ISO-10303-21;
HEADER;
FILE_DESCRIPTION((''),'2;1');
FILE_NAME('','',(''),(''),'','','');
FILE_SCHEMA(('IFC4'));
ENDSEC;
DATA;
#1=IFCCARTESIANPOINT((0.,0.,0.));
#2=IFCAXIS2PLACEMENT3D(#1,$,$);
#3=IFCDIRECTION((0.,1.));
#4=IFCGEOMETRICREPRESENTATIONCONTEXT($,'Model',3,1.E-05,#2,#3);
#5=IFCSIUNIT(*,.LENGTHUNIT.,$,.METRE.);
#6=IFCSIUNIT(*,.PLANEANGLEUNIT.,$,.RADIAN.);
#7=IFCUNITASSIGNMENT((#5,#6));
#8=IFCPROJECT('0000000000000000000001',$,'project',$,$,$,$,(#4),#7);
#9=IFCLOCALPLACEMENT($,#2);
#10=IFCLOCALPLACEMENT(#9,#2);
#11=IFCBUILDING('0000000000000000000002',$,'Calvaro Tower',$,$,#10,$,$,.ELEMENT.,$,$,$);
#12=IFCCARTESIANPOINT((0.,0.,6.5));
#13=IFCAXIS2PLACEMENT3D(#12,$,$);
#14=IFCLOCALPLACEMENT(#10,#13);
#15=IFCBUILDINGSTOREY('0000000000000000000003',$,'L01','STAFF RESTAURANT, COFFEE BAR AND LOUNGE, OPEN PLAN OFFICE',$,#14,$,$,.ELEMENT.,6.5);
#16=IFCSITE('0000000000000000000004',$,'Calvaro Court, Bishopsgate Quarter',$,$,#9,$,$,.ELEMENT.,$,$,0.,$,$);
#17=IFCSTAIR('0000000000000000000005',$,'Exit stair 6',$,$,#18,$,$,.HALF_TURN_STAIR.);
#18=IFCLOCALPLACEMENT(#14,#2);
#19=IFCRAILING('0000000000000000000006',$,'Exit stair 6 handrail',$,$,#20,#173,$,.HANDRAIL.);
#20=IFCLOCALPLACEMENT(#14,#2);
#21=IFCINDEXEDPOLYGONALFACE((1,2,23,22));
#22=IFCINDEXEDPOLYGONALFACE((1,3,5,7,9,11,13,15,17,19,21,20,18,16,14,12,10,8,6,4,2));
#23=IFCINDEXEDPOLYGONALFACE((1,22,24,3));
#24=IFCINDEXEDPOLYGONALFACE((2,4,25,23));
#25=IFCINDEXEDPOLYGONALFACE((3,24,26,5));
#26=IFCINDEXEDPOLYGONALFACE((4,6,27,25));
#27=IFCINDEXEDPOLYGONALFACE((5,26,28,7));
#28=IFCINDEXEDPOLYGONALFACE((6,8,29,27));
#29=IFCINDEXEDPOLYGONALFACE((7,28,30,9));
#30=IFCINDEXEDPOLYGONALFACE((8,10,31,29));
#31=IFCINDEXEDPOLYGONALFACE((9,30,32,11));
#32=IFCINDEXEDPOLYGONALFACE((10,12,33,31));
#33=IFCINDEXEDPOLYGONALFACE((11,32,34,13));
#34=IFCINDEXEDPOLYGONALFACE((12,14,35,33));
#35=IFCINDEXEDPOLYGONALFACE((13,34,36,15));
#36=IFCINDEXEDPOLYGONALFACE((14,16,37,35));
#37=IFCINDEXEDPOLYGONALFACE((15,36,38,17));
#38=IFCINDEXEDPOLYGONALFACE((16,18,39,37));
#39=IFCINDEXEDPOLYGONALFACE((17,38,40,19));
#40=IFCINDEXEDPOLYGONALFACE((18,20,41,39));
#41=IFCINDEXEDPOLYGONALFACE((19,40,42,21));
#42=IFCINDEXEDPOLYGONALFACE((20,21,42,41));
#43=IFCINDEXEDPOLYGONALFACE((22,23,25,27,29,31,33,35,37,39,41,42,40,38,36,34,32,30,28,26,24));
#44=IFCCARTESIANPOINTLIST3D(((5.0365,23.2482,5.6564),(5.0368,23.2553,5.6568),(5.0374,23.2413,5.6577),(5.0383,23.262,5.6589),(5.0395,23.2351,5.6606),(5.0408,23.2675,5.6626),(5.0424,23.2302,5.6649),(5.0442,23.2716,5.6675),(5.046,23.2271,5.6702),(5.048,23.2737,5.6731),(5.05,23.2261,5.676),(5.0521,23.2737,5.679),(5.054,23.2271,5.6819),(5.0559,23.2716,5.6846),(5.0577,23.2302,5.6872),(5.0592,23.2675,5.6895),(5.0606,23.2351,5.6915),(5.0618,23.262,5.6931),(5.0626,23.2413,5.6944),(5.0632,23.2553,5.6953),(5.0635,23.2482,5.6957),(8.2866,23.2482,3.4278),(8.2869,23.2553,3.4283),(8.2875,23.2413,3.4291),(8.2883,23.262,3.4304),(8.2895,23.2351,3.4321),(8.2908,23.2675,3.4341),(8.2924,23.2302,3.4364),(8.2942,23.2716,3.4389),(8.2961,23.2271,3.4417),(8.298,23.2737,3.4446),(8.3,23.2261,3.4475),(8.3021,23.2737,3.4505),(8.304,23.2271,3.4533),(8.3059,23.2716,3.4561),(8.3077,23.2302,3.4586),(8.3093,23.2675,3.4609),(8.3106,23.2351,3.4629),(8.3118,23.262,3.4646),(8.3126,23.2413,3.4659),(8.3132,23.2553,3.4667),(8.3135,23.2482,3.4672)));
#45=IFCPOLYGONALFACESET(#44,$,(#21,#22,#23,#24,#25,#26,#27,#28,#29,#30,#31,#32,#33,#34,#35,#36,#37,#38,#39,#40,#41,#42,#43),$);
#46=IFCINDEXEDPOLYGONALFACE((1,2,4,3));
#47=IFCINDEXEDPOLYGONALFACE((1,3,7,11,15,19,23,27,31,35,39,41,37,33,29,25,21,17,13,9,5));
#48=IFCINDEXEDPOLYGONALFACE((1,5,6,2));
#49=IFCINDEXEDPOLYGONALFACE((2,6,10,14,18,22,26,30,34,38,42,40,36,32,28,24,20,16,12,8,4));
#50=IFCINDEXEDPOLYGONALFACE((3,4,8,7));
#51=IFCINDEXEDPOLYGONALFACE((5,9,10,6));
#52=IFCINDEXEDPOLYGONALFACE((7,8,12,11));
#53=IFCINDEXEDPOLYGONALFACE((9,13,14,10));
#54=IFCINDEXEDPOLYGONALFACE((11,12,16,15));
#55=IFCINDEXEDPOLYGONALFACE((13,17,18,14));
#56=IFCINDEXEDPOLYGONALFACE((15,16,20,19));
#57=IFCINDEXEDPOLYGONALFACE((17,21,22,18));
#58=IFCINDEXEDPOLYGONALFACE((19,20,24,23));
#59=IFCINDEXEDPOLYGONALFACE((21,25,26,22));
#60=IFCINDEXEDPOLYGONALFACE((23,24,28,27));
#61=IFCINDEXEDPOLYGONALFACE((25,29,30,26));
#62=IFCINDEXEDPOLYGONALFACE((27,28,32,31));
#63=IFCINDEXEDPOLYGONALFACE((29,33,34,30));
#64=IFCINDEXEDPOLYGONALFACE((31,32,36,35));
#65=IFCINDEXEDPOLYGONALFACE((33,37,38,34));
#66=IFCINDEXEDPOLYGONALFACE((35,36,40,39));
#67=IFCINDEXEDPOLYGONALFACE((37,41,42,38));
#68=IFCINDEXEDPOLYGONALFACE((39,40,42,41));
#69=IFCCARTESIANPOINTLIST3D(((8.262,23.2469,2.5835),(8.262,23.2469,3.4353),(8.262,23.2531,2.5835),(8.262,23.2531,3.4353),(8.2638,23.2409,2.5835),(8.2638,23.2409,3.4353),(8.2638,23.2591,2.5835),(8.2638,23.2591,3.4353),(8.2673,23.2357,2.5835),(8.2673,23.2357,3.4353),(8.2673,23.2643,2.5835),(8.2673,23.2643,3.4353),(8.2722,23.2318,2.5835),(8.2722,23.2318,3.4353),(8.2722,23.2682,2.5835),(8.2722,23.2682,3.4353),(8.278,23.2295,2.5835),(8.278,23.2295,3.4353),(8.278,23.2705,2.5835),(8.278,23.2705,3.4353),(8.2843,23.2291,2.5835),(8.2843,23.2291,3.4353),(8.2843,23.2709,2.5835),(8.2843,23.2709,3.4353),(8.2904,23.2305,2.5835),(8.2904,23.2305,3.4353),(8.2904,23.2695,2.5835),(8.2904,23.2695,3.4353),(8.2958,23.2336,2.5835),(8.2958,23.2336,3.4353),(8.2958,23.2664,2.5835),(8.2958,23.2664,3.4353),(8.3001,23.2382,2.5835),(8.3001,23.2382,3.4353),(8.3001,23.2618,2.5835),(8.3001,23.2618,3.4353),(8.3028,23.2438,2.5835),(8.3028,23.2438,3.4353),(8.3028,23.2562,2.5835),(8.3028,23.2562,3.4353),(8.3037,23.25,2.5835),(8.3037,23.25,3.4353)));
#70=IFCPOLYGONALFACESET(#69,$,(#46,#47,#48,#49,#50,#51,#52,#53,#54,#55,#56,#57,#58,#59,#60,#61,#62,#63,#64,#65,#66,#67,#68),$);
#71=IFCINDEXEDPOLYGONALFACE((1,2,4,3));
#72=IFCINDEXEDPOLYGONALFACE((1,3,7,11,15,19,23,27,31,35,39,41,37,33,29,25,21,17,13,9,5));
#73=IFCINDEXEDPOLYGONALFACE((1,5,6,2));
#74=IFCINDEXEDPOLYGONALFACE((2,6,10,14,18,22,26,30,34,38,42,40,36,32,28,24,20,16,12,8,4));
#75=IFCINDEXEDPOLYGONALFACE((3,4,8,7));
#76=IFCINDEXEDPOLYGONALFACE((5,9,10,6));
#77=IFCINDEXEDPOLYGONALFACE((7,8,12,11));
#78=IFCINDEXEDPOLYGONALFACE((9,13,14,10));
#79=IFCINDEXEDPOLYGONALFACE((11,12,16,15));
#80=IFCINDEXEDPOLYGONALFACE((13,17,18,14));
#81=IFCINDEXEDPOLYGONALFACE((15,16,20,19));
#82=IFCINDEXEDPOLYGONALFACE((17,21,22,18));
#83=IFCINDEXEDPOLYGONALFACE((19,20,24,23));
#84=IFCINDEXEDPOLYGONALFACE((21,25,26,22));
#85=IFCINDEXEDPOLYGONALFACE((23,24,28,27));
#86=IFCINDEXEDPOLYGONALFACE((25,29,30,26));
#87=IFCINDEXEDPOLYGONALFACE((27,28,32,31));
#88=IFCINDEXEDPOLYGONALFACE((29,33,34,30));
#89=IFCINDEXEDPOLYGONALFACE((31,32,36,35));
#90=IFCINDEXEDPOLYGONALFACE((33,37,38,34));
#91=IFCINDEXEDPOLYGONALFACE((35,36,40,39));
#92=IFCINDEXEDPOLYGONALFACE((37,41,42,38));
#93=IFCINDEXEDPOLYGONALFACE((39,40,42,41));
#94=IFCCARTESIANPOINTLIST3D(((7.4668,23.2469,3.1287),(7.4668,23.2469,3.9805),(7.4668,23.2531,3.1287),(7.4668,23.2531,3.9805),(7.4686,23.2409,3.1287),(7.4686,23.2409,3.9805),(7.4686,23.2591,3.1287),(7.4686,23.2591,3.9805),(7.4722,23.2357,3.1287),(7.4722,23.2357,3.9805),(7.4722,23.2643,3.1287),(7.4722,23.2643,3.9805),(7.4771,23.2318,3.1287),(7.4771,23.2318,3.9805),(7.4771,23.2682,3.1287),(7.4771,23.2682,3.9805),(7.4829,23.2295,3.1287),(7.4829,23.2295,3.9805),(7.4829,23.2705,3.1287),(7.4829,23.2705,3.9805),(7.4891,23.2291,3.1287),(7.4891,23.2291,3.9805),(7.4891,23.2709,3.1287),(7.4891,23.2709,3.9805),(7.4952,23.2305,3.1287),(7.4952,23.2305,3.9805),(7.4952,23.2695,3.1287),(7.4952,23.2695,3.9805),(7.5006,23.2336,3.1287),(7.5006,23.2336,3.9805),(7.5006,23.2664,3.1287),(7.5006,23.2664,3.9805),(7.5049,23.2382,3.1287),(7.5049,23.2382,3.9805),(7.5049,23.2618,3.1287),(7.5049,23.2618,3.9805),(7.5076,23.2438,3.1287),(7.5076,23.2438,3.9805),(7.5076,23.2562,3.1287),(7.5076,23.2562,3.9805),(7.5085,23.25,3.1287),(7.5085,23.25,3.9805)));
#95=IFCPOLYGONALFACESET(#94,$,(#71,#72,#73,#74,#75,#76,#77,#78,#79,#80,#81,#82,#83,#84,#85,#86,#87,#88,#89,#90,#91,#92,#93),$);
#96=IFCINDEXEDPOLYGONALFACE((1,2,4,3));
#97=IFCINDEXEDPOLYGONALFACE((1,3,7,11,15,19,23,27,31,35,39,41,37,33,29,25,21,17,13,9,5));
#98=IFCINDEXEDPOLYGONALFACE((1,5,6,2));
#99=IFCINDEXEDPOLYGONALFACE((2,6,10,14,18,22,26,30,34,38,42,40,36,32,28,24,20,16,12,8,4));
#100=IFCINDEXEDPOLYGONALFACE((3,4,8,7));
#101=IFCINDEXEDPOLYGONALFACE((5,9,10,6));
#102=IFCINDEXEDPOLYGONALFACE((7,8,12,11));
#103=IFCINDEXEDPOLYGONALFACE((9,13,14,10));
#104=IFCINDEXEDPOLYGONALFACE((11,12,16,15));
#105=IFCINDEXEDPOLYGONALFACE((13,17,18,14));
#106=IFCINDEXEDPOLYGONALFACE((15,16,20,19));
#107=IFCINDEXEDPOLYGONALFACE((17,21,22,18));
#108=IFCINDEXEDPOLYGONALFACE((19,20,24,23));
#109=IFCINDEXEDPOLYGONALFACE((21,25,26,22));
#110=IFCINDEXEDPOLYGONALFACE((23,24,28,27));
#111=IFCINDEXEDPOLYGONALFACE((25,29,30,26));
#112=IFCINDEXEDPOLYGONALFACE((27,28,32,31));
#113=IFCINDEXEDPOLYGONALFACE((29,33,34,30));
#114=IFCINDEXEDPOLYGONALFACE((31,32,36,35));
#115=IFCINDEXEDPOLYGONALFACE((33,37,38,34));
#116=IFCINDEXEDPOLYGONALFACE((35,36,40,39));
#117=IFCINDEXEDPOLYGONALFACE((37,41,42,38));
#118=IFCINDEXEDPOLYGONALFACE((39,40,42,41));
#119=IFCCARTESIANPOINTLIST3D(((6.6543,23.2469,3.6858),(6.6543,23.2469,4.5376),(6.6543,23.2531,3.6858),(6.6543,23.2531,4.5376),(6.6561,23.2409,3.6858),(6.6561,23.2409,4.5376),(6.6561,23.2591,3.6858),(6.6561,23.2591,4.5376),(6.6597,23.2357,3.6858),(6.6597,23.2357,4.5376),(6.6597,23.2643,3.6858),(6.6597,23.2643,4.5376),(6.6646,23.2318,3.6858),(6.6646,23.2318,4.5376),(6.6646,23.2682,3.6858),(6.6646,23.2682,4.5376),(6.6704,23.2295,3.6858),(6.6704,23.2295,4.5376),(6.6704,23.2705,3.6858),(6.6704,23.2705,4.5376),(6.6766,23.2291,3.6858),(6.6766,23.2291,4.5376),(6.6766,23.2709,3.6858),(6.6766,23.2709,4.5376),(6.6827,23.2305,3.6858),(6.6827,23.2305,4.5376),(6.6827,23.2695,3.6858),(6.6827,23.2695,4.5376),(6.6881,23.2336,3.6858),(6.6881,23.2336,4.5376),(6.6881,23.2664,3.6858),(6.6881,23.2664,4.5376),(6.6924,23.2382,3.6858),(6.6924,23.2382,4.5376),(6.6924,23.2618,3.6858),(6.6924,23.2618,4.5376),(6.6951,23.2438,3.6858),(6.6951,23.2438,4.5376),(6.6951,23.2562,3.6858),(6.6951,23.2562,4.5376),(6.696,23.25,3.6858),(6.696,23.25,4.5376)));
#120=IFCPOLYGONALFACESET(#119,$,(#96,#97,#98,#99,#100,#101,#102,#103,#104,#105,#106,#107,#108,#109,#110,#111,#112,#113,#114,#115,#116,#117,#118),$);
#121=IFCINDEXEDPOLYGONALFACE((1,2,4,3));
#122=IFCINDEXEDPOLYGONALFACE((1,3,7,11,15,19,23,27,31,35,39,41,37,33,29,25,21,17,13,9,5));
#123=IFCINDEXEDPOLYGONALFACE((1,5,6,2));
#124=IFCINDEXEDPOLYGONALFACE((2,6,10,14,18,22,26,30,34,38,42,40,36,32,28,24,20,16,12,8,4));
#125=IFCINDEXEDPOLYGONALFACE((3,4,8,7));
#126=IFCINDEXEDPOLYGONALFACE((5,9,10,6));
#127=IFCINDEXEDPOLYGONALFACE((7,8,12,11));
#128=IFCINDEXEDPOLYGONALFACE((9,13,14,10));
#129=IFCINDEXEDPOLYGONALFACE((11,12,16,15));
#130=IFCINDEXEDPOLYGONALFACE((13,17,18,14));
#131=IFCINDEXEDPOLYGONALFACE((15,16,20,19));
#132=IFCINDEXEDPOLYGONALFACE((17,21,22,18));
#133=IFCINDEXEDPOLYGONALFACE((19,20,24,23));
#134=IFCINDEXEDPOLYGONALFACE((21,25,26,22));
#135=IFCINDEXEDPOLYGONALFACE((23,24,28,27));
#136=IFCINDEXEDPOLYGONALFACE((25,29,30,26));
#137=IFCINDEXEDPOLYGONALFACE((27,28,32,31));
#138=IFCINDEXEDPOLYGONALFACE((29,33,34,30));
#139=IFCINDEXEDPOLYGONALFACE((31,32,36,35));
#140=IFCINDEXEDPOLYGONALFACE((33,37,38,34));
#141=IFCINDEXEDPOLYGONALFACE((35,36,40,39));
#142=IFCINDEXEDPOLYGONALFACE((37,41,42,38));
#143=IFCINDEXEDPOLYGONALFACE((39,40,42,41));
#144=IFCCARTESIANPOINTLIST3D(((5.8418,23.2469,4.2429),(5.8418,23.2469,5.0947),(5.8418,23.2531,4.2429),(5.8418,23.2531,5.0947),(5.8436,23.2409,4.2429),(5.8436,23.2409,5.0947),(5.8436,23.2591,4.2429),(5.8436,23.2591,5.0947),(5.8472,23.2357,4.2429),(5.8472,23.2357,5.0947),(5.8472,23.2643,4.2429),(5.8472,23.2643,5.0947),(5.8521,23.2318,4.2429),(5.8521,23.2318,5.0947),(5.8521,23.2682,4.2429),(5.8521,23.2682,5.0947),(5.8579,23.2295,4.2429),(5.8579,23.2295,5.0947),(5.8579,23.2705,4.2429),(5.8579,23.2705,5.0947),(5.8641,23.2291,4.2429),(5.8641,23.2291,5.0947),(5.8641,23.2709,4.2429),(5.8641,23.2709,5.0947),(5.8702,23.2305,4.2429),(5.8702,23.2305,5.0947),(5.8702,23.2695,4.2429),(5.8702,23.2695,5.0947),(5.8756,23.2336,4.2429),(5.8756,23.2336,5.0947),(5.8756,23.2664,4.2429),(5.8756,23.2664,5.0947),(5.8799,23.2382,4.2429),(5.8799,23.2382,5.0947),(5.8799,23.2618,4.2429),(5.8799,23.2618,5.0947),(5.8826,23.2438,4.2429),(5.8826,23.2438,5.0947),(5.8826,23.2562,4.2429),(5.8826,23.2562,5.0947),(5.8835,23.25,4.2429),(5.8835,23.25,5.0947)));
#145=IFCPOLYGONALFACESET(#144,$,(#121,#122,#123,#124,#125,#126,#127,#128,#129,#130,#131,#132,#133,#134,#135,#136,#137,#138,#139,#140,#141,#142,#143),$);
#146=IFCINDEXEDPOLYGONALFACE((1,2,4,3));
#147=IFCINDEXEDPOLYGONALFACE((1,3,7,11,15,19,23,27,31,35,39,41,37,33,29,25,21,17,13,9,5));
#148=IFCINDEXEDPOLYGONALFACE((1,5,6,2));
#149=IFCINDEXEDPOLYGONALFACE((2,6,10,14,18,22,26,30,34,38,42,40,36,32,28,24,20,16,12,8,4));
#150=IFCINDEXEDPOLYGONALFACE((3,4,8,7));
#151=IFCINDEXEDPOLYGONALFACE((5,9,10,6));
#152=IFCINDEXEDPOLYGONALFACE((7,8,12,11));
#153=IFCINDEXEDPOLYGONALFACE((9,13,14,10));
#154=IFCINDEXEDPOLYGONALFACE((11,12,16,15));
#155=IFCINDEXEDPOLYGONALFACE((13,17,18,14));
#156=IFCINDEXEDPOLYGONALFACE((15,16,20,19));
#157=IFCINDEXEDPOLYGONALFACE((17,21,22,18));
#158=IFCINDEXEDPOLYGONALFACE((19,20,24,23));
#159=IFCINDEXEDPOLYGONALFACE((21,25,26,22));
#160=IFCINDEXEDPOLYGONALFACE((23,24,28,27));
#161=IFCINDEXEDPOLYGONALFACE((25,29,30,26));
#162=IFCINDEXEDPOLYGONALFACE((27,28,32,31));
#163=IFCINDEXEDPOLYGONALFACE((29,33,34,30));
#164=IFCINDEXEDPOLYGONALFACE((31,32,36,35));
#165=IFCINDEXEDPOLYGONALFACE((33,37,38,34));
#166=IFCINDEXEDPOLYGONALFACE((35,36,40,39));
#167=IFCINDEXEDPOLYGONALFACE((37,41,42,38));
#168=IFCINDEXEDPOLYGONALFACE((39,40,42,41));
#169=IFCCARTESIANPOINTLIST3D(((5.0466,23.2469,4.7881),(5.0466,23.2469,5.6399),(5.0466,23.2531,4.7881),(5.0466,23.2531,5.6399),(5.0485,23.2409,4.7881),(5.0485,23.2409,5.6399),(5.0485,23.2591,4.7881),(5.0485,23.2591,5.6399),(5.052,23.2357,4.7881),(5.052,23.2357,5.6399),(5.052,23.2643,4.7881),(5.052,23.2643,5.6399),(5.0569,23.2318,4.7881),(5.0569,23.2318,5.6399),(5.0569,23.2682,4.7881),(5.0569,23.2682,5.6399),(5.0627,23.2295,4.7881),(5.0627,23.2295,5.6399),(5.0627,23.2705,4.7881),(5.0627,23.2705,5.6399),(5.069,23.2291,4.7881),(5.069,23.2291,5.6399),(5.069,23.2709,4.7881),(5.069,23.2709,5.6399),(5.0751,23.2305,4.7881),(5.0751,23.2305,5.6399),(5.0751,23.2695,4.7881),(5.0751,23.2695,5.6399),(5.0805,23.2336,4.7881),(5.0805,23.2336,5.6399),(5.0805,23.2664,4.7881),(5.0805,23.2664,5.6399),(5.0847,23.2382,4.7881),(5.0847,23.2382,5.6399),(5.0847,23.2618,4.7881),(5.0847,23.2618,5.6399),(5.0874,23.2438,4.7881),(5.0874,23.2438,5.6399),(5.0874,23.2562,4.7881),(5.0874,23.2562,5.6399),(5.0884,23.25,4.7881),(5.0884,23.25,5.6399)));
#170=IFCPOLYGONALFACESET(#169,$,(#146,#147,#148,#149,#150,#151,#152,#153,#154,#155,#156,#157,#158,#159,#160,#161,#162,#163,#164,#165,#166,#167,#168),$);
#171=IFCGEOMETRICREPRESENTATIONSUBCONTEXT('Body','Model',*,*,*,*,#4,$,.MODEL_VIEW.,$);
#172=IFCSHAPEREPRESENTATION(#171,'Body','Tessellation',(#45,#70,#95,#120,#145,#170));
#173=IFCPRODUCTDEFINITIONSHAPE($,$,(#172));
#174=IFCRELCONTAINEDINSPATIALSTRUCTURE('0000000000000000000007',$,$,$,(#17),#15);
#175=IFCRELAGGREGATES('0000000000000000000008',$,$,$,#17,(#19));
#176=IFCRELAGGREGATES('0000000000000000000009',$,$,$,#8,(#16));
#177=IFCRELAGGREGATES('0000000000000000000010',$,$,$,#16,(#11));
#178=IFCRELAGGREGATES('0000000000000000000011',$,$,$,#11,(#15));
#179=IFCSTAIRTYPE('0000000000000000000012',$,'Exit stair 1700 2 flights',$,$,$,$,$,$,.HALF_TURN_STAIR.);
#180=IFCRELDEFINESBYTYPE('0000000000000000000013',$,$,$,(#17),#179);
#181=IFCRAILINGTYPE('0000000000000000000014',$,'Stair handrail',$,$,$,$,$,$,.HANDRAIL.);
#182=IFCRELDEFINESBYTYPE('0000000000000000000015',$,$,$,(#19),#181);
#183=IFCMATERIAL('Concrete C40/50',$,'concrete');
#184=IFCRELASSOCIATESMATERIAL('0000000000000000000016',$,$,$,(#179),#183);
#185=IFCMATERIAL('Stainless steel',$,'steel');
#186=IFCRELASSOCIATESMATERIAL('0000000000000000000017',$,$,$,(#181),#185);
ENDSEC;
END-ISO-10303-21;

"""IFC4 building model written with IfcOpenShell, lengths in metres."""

from ifc_helpers import new_model, si_unit, direction, frame, origin, origin_2d, place, context, subcontext, project, spatial, circle, extrude, material, type_object, element, aggregate, save


model = new_model("IFC4")

# Units and contexts
model_context = context("Model", 3, precision=1e-05, world=origin(), true_north=direction((0.0, 1.0)))
body_context = subcontext(model_context, "Body", "Model", "MODEL_VIEW")
ifc_project = project(units=[si_unit("LENGTHUNIT", "METRE"), si_unit("PLANEANGLEUNIT", "RADIAN")], contexts=[model_context])

# Site, building, storey
site_placement = place(None, origin())
site = spatial("IfcSite", under=ifc_project, at=site_placement, Name="Calvaro Court, Bishopsgate Quarter", CompositionType="ELEMENT", RefElevation=0.0)
building_placement = place(site_placement, origin())
building = spatial("IfcBuilding", under=site, at=building_placement, Name="Calvaro Tower", CompositionType="ELEMENT")
storey_placement = place(building_placement, frame((0.0, 0.0, 6.5)))
storey = spatial("IfcBuildingStorey", under=building, at=storey_placement, Name="L01", Description="STAFF RESTAURANT, COFFEE BAR AND LOUNGE, OPEN PLAN OFFICE", CompositionType="ELEMENT", Elevation=6.5)

# Stair, railing
ifc_material_1 = material(Name="Concrete C40/50", Category="concrete")
stair_type = type_object("IfcStairType", Name="Exit stair 1700 2 flights", PredefinedType="HALF_TURN_STAIR", material=ifc_material_1)
stair_placement = place(storey_placement, origin())
stair = element("IfcStair", 1, at=stair_placement, inside=storey, type_object=stair_type, Name="Exit stair 6", PredefinedType="HALF_TURN_STAIR")
ifc_material_2 = material(Name="Stainless steel", Category="steel")
railing_type = type_object("IfcRailingType", Name="Stair handrail", PredefinedType="HANDRAIL", material=ifc_material_2)
railing_1_placement = place(storey_placement, frame((8.3, 23.25, 2.5715)))
railing_1 = element("IfcRailing", 2, at=railing_1_placement, type_object=railing_type, Name="Exit stair 6 handrail", PredefinedType="HANDRAIL", context=body_context, shape_type="SweptSolid", body=[
    extrude(circle(Radius=0.0239, at=origin_2d()), frame((0.0, 0.0, 0.876), z_axis=(-0.824735, 0.0, 0.565519), x_axis=(0.0, -1.0, 0.0)), (0.0, 0.0, 1.0), 3.9407),
    extrude(circle(Radius=0.021, at=origin_2d()), frame((-0.0173, 0.0, 0.012)), (0.0, 0.0, 1.0), 0.8518),
    extrude(circle(Radius=0.021, at=origin_2d()), frame((-0.8125, 0.0, 0.5571)), (0.0, 0.0, 1.0), 0.8518),
    extrude(circle(Radius=0.021, at=origin_2d()), frame((-1.625, 0.0, 1.1143)), (0.0, 0.0, 1.0), 0.8518),
    extrude(circle(Radius=0.021, at=origin_2d()), frame((-2.4375, 0.0, 1.6714)), (0.0, 0.0, 1.0), 0.8518),
    extrude(circle(Radius=0.021, at=origin_2d()), frame((-3.2327, 0.0, 2.2166)), (0.0, 0.0, 1.0), 0.8518),
])
aggregate(stair, [railing_1])

save(model, "model.ifc")
